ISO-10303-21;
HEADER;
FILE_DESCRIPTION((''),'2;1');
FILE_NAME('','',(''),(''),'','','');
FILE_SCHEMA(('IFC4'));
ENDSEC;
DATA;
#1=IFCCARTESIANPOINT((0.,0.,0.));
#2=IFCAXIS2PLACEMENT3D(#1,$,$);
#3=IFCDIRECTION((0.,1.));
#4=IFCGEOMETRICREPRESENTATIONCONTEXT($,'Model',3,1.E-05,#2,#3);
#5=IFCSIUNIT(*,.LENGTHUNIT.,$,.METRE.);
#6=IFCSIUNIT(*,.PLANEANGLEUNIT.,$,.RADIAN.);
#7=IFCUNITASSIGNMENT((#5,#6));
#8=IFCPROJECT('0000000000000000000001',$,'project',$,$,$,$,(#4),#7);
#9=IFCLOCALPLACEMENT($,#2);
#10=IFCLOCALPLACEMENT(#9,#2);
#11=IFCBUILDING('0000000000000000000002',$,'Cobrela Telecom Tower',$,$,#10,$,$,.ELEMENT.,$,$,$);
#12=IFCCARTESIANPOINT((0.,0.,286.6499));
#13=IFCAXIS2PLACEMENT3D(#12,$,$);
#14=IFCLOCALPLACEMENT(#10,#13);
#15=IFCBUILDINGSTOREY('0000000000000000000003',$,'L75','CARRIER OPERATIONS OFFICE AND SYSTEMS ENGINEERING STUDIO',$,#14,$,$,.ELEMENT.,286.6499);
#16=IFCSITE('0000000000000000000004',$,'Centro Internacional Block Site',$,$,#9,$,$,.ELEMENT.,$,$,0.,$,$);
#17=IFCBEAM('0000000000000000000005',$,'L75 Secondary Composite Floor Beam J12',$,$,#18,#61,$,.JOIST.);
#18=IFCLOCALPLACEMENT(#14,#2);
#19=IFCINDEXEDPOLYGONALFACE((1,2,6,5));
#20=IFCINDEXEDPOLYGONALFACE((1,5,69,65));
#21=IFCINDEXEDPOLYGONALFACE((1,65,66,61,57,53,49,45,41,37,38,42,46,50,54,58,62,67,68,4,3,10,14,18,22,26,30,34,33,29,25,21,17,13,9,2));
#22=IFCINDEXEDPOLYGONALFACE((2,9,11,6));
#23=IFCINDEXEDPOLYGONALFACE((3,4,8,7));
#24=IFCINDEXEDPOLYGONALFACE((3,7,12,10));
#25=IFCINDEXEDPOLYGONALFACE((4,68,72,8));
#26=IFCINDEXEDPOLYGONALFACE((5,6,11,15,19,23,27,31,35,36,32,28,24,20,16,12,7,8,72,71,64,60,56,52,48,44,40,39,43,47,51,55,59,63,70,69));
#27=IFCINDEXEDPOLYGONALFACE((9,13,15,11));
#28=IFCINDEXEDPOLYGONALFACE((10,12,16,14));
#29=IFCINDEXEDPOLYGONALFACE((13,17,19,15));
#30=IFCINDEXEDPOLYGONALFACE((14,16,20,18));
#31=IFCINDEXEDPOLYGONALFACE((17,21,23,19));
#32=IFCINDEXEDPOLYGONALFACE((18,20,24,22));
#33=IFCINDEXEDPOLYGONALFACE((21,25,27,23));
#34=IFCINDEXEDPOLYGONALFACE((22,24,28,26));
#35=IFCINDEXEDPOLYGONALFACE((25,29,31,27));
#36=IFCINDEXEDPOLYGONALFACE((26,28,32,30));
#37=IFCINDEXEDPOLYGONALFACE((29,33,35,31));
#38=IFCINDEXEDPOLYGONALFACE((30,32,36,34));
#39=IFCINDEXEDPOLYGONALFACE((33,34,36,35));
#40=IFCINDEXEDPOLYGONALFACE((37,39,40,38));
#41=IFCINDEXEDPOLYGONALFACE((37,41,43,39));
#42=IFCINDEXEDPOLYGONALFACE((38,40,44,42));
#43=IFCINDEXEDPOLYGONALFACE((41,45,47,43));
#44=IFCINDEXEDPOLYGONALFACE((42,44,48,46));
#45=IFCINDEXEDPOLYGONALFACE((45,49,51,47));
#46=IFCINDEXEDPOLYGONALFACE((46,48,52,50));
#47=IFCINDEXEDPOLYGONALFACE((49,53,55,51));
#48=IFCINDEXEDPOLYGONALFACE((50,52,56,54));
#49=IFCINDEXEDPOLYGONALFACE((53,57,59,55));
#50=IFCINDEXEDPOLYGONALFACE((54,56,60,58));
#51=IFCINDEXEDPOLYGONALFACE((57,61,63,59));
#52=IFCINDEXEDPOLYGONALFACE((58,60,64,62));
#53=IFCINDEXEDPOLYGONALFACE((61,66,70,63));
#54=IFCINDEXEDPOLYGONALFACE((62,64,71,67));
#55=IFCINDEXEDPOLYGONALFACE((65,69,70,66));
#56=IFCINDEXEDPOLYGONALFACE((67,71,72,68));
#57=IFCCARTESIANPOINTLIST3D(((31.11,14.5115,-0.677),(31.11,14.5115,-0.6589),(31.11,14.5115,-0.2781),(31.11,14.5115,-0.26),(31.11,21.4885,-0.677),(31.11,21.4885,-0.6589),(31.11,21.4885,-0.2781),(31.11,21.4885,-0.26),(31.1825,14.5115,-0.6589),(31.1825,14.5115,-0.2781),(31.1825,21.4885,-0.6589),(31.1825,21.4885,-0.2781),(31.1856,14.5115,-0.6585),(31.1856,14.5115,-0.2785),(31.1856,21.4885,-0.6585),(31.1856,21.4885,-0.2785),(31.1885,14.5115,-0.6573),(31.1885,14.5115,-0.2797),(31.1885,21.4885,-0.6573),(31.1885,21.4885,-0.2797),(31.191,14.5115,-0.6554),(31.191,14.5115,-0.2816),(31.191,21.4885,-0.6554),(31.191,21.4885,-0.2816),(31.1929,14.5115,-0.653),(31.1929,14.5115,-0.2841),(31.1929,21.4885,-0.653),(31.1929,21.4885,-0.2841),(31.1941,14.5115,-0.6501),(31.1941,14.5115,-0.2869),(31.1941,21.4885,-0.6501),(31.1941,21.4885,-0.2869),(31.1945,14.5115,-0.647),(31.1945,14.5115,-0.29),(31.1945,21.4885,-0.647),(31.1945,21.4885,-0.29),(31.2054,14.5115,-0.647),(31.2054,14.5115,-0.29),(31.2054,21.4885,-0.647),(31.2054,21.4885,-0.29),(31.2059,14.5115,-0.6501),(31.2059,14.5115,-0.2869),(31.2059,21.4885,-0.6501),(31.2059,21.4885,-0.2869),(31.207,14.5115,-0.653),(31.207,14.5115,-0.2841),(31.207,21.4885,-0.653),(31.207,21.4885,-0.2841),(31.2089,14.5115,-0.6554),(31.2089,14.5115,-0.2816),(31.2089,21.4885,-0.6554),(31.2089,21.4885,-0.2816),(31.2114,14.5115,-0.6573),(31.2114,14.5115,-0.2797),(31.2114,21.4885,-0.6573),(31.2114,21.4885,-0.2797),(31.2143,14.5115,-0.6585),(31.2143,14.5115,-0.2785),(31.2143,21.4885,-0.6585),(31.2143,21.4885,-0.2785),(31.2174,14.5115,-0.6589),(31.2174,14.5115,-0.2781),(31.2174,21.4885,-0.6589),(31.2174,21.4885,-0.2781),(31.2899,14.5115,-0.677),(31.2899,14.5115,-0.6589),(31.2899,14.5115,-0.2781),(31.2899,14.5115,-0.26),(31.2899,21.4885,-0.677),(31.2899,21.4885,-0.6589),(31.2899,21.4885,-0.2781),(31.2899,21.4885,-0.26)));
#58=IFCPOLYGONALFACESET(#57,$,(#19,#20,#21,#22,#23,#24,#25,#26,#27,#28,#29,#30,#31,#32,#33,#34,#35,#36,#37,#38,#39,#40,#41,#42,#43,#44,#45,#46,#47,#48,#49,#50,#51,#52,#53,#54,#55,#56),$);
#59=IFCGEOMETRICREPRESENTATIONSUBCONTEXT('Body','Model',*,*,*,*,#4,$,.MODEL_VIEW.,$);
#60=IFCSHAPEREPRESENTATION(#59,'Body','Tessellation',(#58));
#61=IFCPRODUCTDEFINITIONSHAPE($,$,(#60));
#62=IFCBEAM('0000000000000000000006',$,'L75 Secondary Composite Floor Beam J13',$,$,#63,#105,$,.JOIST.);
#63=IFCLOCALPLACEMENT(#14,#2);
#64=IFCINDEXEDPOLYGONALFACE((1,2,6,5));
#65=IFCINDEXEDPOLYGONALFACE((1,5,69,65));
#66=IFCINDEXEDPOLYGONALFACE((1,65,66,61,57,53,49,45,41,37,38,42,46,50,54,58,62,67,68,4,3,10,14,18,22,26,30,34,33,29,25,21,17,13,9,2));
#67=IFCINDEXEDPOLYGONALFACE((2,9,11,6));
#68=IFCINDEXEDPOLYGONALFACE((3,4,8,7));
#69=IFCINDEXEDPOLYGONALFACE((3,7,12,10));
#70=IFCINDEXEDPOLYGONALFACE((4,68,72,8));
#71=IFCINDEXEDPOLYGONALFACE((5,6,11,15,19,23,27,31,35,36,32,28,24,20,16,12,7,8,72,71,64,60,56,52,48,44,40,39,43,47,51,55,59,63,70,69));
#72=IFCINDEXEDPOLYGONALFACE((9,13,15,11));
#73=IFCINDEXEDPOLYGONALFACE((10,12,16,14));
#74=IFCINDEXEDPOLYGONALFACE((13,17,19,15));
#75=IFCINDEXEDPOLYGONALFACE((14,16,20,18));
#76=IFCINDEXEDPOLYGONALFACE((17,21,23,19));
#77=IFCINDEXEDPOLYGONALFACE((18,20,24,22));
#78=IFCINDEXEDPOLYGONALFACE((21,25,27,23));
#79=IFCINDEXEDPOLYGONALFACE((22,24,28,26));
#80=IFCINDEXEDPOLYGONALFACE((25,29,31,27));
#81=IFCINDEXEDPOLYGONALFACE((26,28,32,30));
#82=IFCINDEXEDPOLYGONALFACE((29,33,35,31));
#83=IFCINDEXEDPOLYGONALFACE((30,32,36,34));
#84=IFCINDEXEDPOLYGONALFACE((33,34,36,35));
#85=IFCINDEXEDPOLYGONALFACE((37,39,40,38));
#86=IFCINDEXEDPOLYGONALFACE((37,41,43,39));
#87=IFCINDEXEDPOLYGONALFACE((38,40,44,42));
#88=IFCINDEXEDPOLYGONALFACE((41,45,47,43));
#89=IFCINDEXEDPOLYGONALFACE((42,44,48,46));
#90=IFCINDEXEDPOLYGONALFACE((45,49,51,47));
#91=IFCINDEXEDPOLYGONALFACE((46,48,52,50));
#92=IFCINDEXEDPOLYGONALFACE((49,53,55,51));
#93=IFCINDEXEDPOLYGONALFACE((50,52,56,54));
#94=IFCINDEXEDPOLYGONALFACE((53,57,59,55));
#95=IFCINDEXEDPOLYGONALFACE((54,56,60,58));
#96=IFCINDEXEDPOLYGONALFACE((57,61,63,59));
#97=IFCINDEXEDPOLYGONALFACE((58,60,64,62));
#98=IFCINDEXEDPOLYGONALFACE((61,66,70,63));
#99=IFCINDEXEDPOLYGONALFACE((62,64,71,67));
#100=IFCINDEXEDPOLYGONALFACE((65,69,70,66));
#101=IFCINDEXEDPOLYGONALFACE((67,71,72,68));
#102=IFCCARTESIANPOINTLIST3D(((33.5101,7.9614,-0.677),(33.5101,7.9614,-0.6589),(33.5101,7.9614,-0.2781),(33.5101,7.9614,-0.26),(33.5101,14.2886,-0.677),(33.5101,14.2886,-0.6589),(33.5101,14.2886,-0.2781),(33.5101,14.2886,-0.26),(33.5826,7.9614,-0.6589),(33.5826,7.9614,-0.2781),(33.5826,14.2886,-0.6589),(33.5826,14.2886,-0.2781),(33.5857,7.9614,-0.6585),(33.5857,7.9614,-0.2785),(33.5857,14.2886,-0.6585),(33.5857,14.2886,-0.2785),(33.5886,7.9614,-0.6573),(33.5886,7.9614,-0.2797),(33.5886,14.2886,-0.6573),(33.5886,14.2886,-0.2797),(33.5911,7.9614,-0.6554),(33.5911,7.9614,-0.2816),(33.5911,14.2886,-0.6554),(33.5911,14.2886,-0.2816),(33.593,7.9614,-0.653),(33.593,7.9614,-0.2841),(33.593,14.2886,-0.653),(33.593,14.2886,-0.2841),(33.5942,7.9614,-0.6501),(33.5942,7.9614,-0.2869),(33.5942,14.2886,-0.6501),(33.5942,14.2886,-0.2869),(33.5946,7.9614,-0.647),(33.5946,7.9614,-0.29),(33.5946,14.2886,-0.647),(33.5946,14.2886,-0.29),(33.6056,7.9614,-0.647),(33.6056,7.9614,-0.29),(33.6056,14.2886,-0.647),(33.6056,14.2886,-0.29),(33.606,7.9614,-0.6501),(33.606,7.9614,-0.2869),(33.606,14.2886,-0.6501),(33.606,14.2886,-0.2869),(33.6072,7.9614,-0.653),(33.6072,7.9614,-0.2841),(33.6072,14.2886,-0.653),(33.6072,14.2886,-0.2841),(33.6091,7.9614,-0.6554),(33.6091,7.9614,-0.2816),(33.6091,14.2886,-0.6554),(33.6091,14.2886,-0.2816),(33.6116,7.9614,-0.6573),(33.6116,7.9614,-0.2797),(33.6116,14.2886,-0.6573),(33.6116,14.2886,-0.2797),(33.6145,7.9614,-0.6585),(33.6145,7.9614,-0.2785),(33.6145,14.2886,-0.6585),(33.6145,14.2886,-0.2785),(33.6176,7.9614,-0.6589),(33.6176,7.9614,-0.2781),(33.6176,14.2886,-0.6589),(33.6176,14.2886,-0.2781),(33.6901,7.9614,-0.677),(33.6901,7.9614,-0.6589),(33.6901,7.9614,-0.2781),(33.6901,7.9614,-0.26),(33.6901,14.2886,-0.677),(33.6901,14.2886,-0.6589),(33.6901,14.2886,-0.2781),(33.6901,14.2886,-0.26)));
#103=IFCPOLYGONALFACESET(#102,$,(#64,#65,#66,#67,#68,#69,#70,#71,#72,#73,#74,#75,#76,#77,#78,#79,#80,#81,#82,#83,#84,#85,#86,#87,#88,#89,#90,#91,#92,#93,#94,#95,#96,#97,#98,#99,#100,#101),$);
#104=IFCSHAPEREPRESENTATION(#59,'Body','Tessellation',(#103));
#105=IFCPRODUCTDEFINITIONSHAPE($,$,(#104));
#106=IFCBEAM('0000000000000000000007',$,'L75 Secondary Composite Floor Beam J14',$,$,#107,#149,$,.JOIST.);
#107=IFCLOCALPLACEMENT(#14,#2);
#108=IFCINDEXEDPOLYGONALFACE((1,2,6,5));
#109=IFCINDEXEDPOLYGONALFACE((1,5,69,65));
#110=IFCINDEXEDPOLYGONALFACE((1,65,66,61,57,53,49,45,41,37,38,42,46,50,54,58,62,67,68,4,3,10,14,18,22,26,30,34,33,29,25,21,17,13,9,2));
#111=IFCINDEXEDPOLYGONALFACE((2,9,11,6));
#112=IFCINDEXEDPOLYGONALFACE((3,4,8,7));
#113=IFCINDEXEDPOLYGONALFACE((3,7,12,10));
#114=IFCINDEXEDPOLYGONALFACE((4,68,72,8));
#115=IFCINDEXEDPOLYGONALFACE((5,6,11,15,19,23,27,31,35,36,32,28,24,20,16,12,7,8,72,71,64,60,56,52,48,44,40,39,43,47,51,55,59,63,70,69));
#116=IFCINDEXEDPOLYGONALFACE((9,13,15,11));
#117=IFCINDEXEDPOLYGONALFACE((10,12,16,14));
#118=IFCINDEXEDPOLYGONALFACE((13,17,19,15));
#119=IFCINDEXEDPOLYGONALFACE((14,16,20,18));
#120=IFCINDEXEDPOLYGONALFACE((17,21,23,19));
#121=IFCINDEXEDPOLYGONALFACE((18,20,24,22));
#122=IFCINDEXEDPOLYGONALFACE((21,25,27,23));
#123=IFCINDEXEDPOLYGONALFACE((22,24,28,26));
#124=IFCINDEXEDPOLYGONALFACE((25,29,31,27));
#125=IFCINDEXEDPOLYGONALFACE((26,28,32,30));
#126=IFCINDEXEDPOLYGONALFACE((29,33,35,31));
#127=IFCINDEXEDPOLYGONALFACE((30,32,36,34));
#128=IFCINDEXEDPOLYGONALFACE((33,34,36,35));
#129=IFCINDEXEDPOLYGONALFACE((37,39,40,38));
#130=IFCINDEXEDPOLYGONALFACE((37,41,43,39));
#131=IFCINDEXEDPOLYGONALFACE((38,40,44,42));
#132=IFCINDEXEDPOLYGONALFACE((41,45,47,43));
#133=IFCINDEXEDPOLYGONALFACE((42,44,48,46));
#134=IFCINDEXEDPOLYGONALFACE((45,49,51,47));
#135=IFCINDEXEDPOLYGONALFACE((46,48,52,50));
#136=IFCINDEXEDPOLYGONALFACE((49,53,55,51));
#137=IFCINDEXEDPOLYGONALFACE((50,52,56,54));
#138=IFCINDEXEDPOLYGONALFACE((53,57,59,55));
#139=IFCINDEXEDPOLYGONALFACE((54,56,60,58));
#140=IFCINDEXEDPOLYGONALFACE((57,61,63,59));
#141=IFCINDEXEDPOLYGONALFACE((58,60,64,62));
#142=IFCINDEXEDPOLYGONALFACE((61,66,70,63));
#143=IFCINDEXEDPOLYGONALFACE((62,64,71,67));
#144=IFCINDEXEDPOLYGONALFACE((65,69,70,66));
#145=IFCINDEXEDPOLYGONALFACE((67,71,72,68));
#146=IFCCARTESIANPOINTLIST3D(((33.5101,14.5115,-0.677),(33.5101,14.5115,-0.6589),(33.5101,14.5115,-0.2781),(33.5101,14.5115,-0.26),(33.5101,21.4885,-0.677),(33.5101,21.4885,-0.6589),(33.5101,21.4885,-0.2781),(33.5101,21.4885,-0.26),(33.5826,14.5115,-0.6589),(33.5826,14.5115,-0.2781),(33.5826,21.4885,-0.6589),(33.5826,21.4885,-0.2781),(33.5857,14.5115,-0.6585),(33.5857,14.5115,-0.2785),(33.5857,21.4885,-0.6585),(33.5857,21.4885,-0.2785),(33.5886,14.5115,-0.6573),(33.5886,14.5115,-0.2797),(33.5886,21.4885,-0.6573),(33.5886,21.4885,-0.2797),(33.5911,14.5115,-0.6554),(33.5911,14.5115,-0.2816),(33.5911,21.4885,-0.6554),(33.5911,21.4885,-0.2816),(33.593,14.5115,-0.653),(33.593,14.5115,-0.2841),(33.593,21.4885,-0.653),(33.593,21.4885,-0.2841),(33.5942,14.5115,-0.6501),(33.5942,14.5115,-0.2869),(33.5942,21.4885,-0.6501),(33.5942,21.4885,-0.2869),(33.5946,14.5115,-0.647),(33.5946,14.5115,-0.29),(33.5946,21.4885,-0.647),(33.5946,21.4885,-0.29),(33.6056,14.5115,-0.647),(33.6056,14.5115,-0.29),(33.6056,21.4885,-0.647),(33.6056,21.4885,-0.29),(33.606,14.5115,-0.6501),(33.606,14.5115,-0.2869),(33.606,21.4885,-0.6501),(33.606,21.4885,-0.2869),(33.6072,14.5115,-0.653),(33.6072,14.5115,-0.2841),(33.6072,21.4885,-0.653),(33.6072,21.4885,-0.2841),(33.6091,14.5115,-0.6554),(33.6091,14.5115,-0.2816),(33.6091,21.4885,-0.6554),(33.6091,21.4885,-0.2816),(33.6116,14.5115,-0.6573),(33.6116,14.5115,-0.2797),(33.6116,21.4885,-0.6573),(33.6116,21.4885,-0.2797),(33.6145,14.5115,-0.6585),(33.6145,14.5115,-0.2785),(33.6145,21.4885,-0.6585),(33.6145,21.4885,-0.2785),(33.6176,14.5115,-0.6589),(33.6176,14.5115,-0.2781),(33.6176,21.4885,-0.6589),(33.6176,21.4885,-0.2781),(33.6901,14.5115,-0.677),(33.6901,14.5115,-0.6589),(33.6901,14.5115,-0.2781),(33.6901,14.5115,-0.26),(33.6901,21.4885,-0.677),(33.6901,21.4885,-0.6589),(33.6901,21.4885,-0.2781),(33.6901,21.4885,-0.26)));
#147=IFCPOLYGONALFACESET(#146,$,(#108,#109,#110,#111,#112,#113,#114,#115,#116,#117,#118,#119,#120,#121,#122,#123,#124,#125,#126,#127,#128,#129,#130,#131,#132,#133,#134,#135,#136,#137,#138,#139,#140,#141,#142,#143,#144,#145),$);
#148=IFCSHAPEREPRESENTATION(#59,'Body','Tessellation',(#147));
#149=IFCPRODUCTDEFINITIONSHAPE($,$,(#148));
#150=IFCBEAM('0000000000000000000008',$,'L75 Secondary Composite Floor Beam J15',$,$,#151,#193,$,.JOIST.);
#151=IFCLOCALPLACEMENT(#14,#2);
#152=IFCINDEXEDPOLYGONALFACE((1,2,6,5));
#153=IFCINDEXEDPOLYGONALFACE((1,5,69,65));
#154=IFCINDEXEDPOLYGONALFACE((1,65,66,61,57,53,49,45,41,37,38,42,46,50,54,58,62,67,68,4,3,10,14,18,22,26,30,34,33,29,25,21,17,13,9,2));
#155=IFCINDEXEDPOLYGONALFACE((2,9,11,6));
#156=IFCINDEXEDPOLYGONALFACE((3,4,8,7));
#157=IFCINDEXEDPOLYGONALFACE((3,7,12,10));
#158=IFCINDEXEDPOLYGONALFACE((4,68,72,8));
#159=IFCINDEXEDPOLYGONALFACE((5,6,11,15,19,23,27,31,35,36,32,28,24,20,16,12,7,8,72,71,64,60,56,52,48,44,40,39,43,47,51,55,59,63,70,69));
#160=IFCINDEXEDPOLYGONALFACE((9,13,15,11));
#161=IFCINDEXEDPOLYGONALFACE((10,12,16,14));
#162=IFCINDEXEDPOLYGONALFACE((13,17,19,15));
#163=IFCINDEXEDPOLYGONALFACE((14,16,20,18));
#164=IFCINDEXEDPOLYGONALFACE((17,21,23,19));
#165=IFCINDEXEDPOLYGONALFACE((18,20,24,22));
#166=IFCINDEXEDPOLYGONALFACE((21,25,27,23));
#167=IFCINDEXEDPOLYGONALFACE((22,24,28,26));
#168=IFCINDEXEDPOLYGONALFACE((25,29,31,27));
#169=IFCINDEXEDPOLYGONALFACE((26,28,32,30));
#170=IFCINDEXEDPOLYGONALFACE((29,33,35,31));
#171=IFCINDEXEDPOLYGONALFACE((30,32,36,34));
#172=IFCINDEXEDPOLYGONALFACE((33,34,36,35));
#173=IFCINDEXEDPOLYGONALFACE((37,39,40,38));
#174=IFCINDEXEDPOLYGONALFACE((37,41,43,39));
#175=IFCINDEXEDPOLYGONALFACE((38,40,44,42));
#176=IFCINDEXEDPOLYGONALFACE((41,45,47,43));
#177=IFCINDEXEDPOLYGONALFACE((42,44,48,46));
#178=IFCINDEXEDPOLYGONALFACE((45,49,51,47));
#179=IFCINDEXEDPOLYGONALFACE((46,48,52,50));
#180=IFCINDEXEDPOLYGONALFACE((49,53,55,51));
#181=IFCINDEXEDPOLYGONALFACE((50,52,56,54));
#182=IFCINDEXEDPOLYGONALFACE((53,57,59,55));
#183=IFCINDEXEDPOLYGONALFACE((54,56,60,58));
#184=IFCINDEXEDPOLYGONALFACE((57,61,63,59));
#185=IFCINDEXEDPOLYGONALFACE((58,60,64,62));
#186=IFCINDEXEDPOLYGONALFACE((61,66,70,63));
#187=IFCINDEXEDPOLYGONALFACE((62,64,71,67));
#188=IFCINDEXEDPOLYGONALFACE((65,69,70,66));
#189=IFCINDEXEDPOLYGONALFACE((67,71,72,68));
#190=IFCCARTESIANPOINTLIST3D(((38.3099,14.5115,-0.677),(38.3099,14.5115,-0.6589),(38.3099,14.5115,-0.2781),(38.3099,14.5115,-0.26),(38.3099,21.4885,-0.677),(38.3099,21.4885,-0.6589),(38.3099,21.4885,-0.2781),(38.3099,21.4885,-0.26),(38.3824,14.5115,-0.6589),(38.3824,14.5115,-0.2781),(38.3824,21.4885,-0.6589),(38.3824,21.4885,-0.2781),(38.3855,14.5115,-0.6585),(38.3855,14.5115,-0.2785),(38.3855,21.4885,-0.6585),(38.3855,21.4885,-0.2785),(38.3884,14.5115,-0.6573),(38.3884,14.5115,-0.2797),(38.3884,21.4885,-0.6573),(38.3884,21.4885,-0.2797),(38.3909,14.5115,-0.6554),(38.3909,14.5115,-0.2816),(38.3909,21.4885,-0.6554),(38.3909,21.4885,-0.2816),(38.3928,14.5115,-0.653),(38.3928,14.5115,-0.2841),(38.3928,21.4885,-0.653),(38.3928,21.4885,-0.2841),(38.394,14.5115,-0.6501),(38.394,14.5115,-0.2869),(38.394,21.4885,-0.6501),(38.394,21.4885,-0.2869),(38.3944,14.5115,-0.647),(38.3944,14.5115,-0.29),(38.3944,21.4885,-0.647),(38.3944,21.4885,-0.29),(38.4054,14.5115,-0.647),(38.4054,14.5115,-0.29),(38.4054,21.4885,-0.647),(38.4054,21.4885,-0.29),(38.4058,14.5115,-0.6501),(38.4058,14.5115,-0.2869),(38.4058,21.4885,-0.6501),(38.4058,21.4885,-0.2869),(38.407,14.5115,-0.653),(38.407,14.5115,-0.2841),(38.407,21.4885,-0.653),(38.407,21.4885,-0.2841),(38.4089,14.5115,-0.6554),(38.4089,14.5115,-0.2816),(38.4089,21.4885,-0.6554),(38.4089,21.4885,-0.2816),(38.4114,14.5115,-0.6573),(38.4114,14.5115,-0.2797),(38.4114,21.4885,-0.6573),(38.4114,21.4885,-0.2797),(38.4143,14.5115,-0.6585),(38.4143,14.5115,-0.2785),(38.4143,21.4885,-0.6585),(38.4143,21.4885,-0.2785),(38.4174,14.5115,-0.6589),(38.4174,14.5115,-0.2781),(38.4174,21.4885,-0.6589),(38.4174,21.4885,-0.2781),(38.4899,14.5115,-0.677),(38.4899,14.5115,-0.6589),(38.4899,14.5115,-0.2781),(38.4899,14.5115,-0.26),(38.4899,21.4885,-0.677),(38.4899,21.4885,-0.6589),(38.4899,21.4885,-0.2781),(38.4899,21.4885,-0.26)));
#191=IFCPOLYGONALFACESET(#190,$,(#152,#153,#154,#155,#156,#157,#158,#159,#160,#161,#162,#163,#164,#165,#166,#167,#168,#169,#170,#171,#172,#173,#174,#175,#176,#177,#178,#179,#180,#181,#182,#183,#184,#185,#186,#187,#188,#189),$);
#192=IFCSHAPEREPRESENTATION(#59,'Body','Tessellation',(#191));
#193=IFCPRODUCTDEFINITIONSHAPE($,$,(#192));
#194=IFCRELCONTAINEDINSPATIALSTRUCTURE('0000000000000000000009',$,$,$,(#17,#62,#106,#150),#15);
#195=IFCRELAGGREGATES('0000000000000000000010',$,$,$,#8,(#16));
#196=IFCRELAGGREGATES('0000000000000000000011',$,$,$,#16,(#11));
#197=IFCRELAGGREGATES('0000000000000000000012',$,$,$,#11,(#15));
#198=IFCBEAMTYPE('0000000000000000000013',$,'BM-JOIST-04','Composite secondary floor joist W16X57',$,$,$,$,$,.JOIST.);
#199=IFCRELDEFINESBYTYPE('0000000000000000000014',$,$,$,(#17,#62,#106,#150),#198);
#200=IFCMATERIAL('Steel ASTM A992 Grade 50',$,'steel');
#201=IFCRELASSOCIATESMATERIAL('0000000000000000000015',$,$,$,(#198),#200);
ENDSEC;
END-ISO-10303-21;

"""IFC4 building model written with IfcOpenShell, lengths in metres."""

from ifc_helpers import new_model, si_unit, direction, frame, origin, origin_2d, place, context, subcontext, project, spatial, i_section, extrude, material, material_profile, profile_set, type_object, element, save


model = new_model("IFC4")

# Units and contexts
model_context = context("Model", 3, precision=1e-05, world=origin(), true_north=direction((0.0, 1.0)))
body_context = subcontext(model_context, "Body", "Model", "MODEL_VIEW")
ifc_project = project(units=[si_unit("LENGTHUNIT", "METRE"), si_unit("PLANEANGLEUNIT", "RADIAN")], contexts=[model_context])

# Site, building, storey
site_placement = place(None, origin())
site = spatial("IfcSite", under=ifc_project, at=site_placement, Name="Centro Internacional Block Site", CompositionType="ELEMENT", RefElevation=0.0)
building_placement = place(site_placement, origin())
building = spatial("IfcBuilding", under=site, at=building_placement, Name="Cobrela Telecom Tower", CompositionType="ELEMENT")
storey_placement = place(building_placement, frame((0.0, 0.0, 286.6499)))
storey = spatial("IfcBuildingStorey", under=building, at=storey_placement, Name="L75", Description="CARRIER OPERATIONS OFFICE AND SYSTEMS ENGINEERING STUDIO", CompositionType="ELEMENT", Elevation=286.6499)

# Shared definitions
ifc_material_1 = material(Name="Steel ASTM A992 Grade 50", Category="steel")

# Beams
ifc_material_profile_1 = material_profile(ifc_material_1, i_section(OverallWidth=0.1799, OverallDepth=0.417, WebThickness=0.011, FlangeThickness=0.0181, FilletRadius=0.012, at=origin_2d()), Name="W16X57")
ifc_profile_set_1 = profile_set([ifc_material_profile_1], Name="Steel ASTM A992 Grade 50")
beam_type_1 = type_object("IfcBeamType", Name="BM-JOIST-04", Description="Composite secondary floor joist W16X57", PredefinedType="JOIST", material=ifc_profile_set_1)
beam_1_placement = place(storey_placement, frame((31.2, 14.5115, -0.4685), z_axis=(0.0, 1.0, 0.0), x_axis=(-1.0, 0.0, 0.0)))
element("IfcBeam", 1, at=beam_1_placement, inside=storey, type_object=beam_type_1, Name="L75 Secondary Composite Floor Beam J12", PredefinedType="JOIST", context=body_context, shape_type="SweptSolid", body=[
    extrude(i_section(OverallWidth=0.1799, OverallDepth=0.417, WebThickness=0.011, FlangeThickness=0.0181, FilletRadius=0.012, at=origin_2d()), origin(), (0.0, 0.0, 1.0), 6.9771),
])
beam_2_placement = place(storey_placement, frame((33.6001, 7.9614, -0.4685), z_axis=(0.0, 1.0, 0.0), x_axis=(-1.0, 0.0, 0.0)))
element("IfcBeam", 2, at=beam_2_placement, inside=storey, type_object=beam_type_1, Name="L75 Secondary Composite Floor Beam J13", PredefinedType="JOIST", context=body_context, shape_type="SweptSolid", body=[
    extrude(i_section(OverallWidth=0.1799, OverallDepth=0.417, WebThickness=0.011, FlangeThickness=0.0181, FilletRadius=0.012, at=origin_2d()), origin(), (0.0, 0.0, 1.0), 6.3271),
])
for number, where, z_axis, x_axis, name in (
    (3, (33.6001, 14.5115, -0.4685), (0.0, 1.0, 0.0), (-1.0, 0.0, 0.0), "L75 Secondary Composite Floor Beam J14"),
    (4, (38.3999, 14.5115, -0.4685), (0.0, 1.0, 0.0), (-1.0, 0.0, 0.0), "L75 Secondary Composite Floor Beam J15"),
):
    element("IfcBeam", number, at=place(storey_placement, frame(where, z_axis=z_axis, x_axis=x_axis)), inside=storey, type_object=beam_type_1, Name=name, PredefinedType="JOIST", context=body_context, shape_type="SweptSolid", body=[
        extrude(i_section(OverallWidth=0.1799, OverallDepth=0.417, WebThickness=0.011, FlangeThickness=0.0181, FilletRadius=0.012, at=origin_2d()), origin(), (0.0, 0.0, 1.0), 6.9771),
    ])

save(model, "model.ifc")
